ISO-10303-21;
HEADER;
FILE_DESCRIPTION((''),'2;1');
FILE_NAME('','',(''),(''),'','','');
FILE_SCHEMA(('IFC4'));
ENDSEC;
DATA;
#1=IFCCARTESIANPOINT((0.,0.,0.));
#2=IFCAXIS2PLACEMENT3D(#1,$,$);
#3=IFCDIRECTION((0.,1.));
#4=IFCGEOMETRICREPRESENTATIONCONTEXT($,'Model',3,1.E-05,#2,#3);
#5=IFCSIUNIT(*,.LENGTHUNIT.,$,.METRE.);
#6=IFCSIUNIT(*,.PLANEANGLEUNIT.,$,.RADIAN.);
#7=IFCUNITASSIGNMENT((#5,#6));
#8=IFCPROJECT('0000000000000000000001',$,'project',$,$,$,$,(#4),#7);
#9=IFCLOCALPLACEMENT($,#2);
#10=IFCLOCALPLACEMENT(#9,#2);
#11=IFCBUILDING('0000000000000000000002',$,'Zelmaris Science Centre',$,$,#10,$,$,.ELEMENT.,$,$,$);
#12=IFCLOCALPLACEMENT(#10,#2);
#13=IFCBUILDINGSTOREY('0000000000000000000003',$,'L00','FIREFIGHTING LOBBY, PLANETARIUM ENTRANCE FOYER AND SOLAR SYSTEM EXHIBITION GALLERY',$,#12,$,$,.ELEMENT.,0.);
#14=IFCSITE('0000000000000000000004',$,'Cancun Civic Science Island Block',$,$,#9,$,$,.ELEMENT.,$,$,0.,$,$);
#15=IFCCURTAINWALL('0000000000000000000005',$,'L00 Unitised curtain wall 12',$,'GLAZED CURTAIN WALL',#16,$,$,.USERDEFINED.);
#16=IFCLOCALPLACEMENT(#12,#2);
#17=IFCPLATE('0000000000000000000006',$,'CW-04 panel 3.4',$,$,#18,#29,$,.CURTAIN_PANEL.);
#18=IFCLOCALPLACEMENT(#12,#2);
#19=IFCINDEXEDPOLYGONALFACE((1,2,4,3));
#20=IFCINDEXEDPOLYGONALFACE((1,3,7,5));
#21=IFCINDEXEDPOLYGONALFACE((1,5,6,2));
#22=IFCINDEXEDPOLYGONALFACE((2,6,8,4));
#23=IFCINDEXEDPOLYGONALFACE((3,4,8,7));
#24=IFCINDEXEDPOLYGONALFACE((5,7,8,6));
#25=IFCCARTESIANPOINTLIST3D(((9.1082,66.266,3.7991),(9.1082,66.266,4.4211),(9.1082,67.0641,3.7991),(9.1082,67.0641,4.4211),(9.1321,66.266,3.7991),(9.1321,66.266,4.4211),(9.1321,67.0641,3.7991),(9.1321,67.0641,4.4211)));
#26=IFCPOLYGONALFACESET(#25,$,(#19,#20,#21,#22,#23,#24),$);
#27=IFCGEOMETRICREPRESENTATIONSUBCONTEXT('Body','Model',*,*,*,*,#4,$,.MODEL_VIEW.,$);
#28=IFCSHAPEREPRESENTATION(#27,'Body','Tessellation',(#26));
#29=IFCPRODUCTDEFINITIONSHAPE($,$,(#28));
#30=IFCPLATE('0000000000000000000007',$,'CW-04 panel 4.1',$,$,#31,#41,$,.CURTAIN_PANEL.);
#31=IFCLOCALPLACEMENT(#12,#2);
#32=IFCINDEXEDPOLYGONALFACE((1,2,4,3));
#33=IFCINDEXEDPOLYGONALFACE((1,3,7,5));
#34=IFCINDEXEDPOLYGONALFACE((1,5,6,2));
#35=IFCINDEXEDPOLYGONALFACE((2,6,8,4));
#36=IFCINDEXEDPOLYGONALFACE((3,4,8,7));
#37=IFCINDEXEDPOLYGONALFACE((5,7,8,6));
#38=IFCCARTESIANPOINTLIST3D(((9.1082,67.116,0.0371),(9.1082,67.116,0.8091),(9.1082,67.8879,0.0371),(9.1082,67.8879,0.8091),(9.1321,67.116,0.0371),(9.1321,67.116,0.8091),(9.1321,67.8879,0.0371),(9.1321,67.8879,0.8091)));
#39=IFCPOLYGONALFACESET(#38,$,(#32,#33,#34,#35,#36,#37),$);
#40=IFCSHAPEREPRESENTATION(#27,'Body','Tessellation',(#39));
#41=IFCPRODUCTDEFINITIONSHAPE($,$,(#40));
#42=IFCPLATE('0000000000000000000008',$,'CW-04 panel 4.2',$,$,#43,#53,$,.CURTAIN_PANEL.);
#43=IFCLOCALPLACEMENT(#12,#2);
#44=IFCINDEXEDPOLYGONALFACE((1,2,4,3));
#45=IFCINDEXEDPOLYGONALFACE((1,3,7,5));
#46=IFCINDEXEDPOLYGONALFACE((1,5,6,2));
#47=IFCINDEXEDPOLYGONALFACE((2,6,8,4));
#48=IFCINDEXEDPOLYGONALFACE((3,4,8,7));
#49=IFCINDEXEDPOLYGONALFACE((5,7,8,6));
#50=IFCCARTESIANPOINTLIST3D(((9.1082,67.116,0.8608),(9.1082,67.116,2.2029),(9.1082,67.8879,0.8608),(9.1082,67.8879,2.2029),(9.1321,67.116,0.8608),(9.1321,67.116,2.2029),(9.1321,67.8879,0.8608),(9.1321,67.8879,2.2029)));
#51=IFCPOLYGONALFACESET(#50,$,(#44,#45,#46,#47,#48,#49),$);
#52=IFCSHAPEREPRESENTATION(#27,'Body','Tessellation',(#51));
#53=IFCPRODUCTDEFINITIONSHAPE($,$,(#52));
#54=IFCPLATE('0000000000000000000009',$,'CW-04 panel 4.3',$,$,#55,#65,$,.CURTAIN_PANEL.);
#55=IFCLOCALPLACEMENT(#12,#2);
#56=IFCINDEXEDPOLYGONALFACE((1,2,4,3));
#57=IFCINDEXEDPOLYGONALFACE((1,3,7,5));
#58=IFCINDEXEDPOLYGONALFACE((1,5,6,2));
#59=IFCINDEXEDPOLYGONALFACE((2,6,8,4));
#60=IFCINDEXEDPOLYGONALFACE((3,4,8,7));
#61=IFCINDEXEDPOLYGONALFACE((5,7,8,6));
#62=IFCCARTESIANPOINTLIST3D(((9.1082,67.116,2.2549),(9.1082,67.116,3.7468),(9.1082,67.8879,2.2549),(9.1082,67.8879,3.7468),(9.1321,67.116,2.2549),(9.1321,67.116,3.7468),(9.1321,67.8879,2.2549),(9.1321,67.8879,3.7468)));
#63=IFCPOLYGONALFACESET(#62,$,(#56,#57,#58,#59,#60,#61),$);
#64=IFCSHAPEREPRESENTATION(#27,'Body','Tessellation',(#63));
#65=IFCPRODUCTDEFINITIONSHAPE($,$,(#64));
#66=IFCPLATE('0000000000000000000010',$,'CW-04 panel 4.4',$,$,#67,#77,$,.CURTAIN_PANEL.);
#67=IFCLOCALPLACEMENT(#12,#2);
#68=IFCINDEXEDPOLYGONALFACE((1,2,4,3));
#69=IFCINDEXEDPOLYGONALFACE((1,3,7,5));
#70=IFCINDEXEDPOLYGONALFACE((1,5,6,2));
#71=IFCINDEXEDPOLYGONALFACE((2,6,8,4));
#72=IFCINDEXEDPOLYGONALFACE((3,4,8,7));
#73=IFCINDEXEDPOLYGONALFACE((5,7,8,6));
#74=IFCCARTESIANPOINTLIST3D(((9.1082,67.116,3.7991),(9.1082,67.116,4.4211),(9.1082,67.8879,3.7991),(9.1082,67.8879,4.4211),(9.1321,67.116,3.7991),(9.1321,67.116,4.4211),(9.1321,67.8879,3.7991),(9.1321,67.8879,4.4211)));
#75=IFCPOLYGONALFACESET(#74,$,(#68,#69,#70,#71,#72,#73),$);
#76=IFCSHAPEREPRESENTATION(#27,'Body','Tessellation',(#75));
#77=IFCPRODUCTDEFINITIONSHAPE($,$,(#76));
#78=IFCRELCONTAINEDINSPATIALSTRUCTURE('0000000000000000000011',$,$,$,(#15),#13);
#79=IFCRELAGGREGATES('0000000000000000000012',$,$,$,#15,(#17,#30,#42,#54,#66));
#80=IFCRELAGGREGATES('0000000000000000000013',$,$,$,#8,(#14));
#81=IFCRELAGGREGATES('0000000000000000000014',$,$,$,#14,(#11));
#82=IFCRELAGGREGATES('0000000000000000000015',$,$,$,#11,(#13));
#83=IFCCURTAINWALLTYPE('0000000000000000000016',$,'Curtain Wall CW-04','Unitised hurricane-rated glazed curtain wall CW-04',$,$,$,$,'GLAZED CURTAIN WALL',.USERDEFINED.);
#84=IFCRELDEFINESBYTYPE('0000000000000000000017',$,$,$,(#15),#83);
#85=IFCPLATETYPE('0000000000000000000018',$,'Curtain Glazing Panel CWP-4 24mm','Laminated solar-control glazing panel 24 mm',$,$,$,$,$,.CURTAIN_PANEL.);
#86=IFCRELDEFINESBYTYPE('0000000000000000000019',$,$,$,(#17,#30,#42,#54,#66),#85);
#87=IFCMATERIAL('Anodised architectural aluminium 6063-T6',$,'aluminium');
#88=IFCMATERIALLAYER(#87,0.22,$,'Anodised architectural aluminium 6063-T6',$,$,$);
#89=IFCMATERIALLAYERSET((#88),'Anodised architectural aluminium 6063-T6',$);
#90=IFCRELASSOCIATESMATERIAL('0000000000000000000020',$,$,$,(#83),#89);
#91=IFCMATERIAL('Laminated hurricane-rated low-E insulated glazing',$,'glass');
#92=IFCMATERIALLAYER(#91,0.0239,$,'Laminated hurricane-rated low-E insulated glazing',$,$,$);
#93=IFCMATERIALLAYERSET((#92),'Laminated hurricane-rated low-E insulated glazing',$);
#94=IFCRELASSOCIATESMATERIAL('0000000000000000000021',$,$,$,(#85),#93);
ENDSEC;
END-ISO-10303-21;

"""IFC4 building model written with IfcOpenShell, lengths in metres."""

from ifc_helpers import new_model, si_unit, direction, frame, origin, origin_2d, place, context, subcontext, project, spatial, rectangle, extrude, material, layer, layer_set, type_object, element, aggregate, save


model = new_model("IFC4")

# Units and contexts
model_context = context("Model", 3, precision=1e-05, world=origin(), true_north=direction((0.0, 1.0)))
body_context = subcontext(model_context, "Body", "Model", "MODEL_VIEW")
ifc_project = project(units=[si_unit("LENGTHUNIT", "METRE"), si_unit("PLANEANGLEUNIT", "RADIAN")], contexts=[model_context])

# Site, building, storey
site_placement = place(None, origin())
site = spatial("IfcSite", under=ifc_project, at=site_placement, Name="Cancun Civic Science Island Block", CompositionType="ELEMENT", RefElevation=0.0)
building_placement = place(site_placement, origin())
building = spatial("IfcBuilding", under=site, at=building_placement, Name="Zelmaris Science Centre", CompositionType="ELEMENT")
storey_placement = place(building_placement, origin())
storey = spatial("IfcBuildingStorey", under=building, at=storey_placement, Name="L00", Description="FIREFIGHTING LOBBY, PLANETARIUM ENTRANCE FOYER AND SOLAR SYSTEM EXHIBITION GALLERY", CompositionType="ELEMENT", Elevation=0.0)

# Curtain wall
ifc_material_1 = material(Name="Anodised architectural aluminium 6063-T6", Category="aluminium")
ifc_layer_1 = layer(ifc_material_1, 0.22, Name="Anodised architectural aluminium 6063-T6")
ifc_layer_set_1 = layer_set([ifc_layer_1], Name="Anodised architectural aluminium 6063-T6")
curtain_wall_type_1 = type_object("IfcCurtainWallType", Name="Curtain Wall CW-04", Description="Unitised hurricane-rated glazed curtain wall CW-04", ElementType="GLAZED CURTAIN WALL", PredefinedType="USERDEFINED", material=ifc_layer_set_1)
curtain_wall_1_placement = place(storey_placement, origin())
curtain_wall_1 = element("IfcCurtainWall", 1, at=curtain_wall_1_placement, inside=storey, type_object=curtain_wall_type_1, Name="L00 Unitised curtain wall 12", ObjectType="GLAZED CURTAIN WALL", PredefinedType="USERDEFINED")

# Plates
ifc_material_2 = material(Name="Laminated hurricane-rated low-E insulated glazing", Category="glass")
ifc_layer_2 = layer(ifc_material_2, 0.0239, Name="Laminated hurricane-rated low-E insulated glazing")
ifc_layer_set_2 = layer_set([ifc_layer_2], Name="Laminated hurricane-rated low-E insulated glazing")
plate_type_1 = type_object("IfcPlateType", Name="Curtain Glazing Panel CWP-4 24mm", Description="Laminated solar-control glazing panel 24 mm", PredefinedType="CURTAIN_PANEL", material=ifc_layer_set_2)
plate_1_placement = place(storey_placement, frame((9.1201, 66.665, 3.7991), z_axis=(0.0, 0.0, 1.0), x_axis=(0.0, 1.0, 0.0)))
plate_1 = element("IfcPlate", 2, at=plate_1_placement, type_object=plate_type_1, Name="CW-04 panel 3.4", PredefinedType="CURTAIN_PANEL", context=body_context, shape_type="SweptSolid", body=[
    extrude(rectangle(XDim=0.7981, YDim=0.0239, at=origin_2d()), origin(), (0.0, 0.0, 1.0), 0.6221),
])
plate_2_placement = place(storey_placement, frame((9.1201, 67.502, 0.0371), z_axis=(0.0, 0.0, 1.0), x_axis=(0.0, 1.0, 0.0)))
plate_2 = element("IfcPlate", 3, at=plate_2_placement, type_object=plate_type_1, Name="CW-04 panel 4.1", PredefinedType="CURTAIN_PANEL", context=body_context, shape_type="SweptSolid", body=[
    extrude(rectangle(XDim=0.772, YDim=0.0239, at=origin_2d()), origin(), (0.0, 0.0, 1.0), 0.772),
])
plate_3_placement = place(storey_placement, frame((9.1201, 67.502, 0.8608), z_axis=(0.0, 0.0, 1.0), x_axis=(0.0, 1.0, 0.0)))
plate_3 = element("IfcPlate", 4, at=plate_3_placement, type_object=plate_type_1, Name="CW-04 panel 4.2", PredefinedType="CURTAIN_PANEL", context=body_context, shape_type="SweptSolid", body=[
    extrude(rectangle(XDim=0.772, YDim=0.0239, at=origin_2d()), origin(), (0.0, 0.0, 1.0), 1.342),
])
plate_4_placement = place(storey_placement, frame((9.1201, 67.502, 2.2549), z_axis=(0.0, 0.0, 1.0), x_axis=(0.0, 1.0, 0.0)))
plate_4 = element("IfcPlate", 5, at=plate_4_placement, type_object=plate_type_1, Name="CW-04 panel 4.3", PredefinedType="CURTAIN_PANEL", context=body_context, shape_type="SweptSolid", body=[
    extrude(rectangle(XDim=0.772, YDim=0.0239, at=origin_2d()), origin(), (0.0, 0.0, 1.0), 1.4919),
])
plate_5_placement = place(storey_placement, frame((9.1201, 67.502, 3.7991), z_axis=(0.0, 0.0, 1.0), x_axis=(0.0, 1.0, 0.0)))
plate_5 = element("IfcPlate", 6, at=plate_5_placement, type_object=plate_type_1, Name="CW-04 panel 4.4", PredefinedType="CURTAIN_PANEL", context=body_context, shape_type="SweptSolid", body=[
    extrude(rectangle(XDim=0.772, YDim=0.0239, at=origin_2d()), origin(), (0.0, 0.0, 1.0), 0.6221),
])
aggregate(curtain_wall_1, [plate_1, plate_2, plate_3, plate_4, plate_5])

save(model, "model.ifc")
